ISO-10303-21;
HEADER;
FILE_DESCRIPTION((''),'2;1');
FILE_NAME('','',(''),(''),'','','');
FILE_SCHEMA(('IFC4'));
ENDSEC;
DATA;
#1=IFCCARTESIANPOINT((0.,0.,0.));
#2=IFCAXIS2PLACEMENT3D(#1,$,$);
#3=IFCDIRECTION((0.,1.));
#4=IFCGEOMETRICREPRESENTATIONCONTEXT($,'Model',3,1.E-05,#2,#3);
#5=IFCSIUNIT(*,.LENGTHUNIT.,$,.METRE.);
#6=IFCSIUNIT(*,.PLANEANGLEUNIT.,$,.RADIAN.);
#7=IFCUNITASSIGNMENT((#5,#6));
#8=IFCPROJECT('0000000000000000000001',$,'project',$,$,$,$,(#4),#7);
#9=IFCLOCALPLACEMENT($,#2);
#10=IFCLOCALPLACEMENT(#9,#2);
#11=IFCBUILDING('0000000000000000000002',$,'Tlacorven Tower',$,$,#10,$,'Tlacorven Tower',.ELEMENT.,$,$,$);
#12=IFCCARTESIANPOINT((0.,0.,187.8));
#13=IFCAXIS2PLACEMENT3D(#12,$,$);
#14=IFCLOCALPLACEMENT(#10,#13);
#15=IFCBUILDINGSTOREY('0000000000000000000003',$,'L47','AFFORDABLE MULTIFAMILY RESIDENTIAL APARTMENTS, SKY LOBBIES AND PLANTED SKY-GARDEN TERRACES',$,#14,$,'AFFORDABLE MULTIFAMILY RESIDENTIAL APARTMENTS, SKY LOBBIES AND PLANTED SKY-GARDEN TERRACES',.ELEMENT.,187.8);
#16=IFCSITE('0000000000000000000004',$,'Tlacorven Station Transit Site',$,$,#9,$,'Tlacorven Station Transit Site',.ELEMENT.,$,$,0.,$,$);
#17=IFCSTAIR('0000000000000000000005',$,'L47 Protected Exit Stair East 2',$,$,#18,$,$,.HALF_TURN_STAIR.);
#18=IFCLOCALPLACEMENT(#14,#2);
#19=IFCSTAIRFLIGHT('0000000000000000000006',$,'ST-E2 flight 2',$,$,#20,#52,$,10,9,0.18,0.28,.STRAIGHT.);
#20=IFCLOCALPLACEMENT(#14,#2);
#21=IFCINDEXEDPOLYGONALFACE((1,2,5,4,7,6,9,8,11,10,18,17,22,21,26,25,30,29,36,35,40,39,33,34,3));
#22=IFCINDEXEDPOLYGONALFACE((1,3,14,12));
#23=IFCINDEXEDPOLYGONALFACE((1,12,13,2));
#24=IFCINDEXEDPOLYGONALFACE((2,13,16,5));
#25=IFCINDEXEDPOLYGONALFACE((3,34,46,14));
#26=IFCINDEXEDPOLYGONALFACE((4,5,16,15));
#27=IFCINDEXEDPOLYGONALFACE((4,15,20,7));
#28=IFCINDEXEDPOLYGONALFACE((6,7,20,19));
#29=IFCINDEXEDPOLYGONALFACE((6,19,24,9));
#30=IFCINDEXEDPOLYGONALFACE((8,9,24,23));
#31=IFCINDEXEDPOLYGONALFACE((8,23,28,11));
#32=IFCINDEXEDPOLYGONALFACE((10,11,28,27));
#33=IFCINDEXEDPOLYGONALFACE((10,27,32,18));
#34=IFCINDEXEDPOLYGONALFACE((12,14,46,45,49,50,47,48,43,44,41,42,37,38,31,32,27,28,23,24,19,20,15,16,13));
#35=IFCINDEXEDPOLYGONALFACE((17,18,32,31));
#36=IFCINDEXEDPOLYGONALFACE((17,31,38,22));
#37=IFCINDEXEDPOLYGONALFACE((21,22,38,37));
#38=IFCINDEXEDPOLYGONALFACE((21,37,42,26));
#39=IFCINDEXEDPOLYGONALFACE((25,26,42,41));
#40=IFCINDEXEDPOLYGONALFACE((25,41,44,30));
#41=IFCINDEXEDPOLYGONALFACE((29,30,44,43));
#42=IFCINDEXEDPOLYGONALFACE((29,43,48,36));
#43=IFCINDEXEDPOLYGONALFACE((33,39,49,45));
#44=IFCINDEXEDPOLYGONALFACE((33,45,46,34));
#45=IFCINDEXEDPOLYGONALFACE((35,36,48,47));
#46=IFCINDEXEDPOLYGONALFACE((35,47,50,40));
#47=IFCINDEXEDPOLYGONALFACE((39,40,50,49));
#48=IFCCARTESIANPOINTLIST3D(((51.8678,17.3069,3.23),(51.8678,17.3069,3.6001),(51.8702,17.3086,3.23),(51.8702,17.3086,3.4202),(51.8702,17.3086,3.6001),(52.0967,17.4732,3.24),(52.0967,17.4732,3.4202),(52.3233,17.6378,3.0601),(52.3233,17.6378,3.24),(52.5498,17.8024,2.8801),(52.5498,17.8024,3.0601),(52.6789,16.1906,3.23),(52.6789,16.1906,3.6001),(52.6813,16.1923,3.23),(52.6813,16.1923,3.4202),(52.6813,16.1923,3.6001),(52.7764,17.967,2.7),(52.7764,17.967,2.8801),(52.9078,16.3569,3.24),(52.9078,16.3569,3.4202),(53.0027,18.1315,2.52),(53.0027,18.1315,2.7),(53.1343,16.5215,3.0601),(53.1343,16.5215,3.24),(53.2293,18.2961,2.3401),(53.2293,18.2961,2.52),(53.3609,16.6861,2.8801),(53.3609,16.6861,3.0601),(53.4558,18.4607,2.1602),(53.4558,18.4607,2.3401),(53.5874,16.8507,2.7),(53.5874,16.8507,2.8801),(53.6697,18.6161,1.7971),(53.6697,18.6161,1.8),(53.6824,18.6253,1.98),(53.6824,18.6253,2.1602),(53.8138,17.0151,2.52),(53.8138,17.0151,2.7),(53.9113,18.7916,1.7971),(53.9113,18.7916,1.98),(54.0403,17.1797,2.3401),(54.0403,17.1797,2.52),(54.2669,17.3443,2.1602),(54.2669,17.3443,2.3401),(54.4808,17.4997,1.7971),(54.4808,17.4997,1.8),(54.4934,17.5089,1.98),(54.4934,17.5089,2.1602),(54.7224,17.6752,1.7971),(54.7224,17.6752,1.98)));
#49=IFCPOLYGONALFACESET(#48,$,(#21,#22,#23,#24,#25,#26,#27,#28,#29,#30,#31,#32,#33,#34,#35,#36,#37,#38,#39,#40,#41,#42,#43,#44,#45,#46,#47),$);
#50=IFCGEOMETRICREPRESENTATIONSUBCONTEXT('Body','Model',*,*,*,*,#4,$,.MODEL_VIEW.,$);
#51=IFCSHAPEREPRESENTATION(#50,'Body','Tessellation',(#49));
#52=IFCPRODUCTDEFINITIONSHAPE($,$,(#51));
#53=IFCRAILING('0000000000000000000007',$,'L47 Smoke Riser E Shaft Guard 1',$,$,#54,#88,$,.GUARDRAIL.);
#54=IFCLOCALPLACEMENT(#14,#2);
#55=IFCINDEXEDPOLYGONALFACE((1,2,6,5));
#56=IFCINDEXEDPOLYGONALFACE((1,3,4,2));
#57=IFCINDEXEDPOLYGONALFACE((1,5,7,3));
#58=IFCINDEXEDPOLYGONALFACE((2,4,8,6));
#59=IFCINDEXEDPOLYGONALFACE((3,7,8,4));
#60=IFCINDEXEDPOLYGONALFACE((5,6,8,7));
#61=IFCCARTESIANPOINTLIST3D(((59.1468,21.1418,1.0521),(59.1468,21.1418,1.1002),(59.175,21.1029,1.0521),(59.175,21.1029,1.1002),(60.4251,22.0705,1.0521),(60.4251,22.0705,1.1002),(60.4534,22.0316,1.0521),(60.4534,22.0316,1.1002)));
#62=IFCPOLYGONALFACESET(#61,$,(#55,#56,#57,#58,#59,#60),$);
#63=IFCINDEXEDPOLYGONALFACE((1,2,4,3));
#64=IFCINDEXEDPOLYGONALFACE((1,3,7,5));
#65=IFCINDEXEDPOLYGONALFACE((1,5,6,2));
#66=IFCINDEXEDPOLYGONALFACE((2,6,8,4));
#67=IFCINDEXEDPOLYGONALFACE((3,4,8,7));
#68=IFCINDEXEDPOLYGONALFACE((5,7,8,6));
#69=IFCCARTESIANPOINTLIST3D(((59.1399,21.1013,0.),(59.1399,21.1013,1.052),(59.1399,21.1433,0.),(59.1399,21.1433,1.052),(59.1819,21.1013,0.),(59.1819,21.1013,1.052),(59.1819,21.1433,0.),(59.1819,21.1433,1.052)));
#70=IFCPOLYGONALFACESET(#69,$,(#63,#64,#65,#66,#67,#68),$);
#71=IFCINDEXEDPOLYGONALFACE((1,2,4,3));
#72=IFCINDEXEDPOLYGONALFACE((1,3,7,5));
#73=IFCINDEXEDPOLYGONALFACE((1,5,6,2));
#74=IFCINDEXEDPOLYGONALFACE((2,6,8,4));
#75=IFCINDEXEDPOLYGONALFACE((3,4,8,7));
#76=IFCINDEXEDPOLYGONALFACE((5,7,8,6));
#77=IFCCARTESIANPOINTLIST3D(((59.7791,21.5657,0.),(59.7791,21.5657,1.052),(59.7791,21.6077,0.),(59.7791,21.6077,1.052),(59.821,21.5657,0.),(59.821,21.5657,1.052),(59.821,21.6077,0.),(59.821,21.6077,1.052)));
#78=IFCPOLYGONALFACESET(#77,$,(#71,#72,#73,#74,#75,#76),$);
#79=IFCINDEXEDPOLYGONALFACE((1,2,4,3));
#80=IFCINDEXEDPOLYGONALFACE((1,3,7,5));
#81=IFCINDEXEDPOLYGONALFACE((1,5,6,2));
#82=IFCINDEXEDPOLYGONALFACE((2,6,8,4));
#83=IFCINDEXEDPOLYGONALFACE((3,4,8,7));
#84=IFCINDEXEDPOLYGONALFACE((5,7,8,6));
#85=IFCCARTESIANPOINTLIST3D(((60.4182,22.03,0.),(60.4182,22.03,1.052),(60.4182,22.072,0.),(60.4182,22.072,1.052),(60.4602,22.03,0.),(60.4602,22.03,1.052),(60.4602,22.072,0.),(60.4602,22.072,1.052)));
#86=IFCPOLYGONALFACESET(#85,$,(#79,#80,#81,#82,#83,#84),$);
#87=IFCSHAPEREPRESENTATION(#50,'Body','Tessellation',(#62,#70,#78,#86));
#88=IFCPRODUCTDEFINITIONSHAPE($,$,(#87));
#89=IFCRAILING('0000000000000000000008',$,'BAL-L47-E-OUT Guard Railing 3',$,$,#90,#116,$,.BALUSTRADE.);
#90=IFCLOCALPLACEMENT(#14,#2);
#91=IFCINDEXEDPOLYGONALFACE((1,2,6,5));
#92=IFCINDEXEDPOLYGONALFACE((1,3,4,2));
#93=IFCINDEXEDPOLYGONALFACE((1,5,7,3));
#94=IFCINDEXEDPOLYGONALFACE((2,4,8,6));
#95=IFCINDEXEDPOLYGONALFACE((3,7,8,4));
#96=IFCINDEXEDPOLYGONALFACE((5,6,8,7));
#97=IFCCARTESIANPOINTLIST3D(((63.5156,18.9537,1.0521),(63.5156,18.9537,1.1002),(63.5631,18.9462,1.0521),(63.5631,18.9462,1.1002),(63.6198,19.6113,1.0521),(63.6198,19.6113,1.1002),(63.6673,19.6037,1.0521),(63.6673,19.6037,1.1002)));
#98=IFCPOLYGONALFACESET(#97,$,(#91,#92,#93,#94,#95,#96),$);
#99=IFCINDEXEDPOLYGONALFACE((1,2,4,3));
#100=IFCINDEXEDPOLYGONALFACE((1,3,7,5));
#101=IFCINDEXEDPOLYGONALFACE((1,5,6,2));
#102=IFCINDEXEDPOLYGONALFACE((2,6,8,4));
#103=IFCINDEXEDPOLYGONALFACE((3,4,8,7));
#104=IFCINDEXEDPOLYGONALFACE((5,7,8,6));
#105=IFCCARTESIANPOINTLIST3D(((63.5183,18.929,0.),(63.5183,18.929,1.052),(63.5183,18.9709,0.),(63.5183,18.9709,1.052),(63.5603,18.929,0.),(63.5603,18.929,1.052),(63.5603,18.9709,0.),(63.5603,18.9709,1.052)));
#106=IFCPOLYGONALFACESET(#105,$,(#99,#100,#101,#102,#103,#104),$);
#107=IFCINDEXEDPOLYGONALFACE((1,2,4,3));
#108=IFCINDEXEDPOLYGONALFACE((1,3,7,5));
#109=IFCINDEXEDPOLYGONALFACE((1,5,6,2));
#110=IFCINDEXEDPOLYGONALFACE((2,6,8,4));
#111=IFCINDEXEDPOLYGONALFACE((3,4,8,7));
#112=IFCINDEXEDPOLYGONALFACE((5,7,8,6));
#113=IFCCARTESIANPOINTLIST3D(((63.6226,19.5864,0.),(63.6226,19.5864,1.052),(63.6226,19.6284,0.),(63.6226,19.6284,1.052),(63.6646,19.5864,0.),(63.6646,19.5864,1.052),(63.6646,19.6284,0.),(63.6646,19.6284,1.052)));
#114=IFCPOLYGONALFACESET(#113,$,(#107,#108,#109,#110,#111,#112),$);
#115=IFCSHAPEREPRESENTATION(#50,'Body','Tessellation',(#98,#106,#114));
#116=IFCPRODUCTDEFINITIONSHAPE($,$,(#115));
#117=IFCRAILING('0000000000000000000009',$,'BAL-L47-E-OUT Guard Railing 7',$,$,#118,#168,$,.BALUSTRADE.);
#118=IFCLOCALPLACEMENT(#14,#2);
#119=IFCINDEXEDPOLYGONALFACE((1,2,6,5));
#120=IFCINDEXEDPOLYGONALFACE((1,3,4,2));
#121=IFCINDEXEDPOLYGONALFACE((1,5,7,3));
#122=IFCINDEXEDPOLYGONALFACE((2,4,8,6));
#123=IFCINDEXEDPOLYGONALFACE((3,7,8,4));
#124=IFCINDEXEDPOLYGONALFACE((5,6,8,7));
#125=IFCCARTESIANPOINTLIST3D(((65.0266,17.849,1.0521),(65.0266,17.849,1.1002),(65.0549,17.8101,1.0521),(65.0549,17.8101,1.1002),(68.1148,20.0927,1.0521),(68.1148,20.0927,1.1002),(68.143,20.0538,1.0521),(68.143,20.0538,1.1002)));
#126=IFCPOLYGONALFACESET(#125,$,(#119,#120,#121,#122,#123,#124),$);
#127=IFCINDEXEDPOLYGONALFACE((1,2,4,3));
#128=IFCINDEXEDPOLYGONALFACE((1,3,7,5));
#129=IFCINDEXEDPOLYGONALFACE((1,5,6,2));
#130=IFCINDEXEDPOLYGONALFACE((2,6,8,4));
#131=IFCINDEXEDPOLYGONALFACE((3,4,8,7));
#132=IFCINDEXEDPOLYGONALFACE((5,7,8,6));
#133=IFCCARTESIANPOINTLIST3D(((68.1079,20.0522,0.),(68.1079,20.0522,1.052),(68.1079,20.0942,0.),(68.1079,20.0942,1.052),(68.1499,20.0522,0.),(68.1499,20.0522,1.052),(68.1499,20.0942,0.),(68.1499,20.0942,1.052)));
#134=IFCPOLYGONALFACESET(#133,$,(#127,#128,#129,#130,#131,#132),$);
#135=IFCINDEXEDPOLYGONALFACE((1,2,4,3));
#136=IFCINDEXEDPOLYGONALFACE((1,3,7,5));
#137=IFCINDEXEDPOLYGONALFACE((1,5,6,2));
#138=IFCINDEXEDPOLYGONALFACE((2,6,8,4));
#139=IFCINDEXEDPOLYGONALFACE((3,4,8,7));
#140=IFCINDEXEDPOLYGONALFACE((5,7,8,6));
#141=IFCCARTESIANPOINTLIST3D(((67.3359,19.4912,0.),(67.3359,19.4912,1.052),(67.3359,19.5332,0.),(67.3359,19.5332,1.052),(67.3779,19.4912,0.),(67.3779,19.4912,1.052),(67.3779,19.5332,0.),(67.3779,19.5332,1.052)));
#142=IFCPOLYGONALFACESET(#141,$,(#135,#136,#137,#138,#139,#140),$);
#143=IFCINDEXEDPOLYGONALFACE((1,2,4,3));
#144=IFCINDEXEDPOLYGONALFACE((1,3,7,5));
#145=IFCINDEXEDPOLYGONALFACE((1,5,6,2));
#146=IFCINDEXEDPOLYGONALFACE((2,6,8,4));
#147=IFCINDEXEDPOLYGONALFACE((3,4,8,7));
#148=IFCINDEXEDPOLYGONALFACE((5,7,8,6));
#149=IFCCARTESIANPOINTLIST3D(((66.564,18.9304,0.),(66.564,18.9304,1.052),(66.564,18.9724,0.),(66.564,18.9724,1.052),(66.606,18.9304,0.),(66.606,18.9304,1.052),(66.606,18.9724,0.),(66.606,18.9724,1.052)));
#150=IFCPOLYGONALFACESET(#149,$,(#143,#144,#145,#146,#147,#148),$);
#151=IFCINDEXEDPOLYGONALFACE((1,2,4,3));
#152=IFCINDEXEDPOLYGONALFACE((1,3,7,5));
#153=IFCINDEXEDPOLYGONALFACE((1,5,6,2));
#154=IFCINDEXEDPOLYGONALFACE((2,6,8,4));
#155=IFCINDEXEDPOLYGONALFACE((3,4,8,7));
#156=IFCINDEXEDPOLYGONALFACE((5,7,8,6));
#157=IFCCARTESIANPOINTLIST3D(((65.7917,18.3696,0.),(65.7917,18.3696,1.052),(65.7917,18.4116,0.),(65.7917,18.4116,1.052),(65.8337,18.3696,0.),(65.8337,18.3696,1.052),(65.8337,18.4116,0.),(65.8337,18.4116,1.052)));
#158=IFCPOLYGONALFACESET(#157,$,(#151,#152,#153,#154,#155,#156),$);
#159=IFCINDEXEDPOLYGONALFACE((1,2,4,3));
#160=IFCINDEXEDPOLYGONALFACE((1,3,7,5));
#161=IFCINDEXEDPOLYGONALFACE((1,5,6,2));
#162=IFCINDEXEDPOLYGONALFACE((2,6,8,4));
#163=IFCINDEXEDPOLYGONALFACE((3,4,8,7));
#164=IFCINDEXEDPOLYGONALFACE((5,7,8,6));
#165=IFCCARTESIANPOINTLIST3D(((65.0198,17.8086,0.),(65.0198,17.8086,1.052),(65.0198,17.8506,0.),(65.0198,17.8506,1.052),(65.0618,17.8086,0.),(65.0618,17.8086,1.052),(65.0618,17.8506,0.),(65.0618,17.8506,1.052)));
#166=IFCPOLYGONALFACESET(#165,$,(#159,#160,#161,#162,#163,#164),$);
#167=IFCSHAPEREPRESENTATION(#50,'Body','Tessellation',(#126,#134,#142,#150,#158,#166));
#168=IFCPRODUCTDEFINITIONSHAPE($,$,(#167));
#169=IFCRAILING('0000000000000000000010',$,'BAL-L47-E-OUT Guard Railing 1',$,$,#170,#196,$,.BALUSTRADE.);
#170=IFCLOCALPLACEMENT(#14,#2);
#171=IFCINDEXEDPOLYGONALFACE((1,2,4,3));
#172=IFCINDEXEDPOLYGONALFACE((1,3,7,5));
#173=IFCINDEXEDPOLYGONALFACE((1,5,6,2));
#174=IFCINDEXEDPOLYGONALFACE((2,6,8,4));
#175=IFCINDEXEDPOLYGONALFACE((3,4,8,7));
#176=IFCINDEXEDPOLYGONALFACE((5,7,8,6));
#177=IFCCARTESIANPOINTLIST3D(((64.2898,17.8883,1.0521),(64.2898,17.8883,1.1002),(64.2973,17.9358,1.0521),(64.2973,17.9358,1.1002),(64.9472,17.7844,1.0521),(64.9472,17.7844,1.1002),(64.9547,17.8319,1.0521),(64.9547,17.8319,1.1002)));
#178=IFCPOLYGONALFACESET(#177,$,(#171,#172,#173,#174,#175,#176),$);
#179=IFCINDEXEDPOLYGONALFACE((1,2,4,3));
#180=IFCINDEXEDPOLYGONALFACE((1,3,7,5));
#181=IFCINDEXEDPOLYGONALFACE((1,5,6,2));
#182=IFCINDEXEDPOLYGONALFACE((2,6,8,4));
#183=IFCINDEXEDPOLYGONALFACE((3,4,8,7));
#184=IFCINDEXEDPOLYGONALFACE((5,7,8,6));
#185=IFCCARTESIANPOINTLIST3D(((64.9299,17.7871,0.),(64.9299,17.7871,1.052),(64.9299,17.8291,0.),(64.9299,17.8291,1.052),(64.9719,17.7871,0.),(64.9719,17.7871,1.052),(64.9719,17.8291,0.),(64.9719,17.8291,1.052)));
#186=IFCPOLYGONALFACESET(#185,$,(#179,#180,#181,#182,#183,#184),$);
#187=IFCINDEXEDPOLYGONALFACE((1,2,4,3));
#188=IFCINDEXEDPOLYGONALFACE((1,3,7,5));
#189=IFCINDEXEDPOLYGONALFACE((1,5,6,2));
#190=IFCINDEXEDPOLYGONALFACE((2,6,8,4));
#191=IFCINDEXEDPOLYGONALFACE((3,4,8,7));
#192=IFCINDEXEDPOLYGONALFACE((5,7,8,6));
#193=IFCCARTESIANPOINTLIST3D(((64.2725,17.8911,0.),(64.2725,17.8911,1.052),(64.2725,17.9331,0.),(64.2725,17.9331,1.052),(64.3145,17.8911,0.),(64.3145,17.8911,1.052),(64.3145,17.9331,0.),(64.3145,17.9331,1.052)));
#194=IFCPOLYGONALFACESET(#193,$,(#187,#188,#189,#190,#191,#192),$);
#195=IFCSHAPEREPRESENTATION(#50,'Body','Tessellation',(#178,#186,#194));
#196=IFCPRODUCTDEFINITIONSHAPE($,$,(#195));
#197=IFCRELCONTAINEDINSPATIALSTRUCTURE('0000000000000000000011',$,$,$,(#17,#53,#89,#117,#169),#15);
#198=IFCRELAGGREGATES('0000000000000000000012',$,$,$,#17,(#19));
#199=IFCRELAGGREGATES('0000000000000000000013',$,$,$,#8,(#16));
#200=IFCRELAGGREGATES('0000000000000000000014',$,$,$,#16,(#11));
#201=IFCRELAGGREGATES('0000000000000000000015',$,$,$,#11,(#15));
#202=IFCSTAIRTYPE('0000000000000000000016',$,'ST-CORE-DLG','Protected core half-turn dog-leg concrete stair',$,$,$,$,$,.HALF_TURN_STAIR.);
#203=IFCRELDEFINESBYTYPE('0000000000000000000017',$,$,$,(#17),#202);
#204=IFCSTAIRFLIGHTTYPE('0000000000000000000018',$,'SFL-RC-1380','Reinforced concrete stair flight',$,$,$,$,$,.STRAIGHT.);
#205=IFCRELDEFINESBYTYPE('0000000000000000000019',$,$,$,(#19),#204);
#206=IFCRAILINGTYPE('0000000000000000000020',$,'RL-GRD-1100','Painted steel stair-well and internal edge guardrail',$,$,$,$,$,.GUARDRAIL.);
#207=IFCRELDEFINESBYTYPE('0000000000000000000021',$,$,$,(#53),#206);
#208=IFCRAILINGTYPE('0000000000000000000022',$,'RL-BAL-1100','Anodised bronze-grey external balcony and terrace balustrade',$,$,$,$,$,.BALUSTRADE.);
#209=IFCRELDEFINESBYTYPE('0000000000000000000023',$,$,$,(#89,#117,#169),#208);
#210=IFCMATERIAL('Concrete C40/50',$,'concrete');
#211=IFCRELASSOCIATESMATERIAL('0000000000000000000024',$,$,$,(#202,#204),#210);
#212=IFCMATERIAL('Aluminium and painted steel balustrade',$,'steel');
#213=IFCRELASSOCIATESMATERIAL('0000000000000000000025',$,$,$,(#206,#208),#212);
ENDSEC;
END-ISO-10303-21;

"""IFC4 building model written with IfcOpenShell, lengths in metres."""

from ifc_helpers import new_model, si_unit, direction, frame, origin, origin_2d, place, context, subcontext, project, spatial, polyline, rectangle, outline, extrude, source, transform, mapped, material, type_object, element, aggregate, save


model = new_model("IFC4")

# Units and contexts
model_context = context("Model", 3, precision=1e-05, world=origin(), true_north=direction((0.0, 1.0)))
body_context = subcontext(model_context, "Body", "Model", "MODEL_VIEW")
ifc_project = project(units=[si_unit("LENGTHUNIT", "METRE"), si_unit("PLANEANGLEUNIT", "RADIAN")], contexts=[model_context])

# Site, building, storey
site_placement = place(None, origin())
site = spatial("IfcSite", under=ifc_project, at=site_placement, Name="Tlacorven Station Transit Site", LongName="Tlacorven Station Transit Site", CompositionType="ELEMENT", RefElevation=0.0)
building_placement = place(site_placement, origin())
building = spatial("IfcBuilding", under=site, at=building_placement, Name="Tlacorven Tower", LongName="Tlacorven Tower", CompositionType="ELEMENT")
storey_placement = place(building_placement, frame((0.0, 0.0, 187.8)))
storey = spatial("IfcBuildingStorey", under=building, at=storey_placement, Name="L47", Description="AFFORDABLE MULTIFAMILY RESIDENTIAL APARTMENTS, SKY LOBBIES AND PLANTED SKY-GARDEN TERRACES", LongName="AFFORDABLE MULTIFAMILY RESIDENTIAL APARTMENTS, SKY LOBBIES AND PLANTED SKY-GARDEN TERRACES", CompositionType="ELEMENT", Elevation=187.8)

# Shared definitions
ifc_material_1 = material(Name="Concrete C40/50", Category="concrete")

# Stair, stair flight
stair_type = type_object("IfcStairType", Name="ST-CORE-DLG", Description="Protected core half-turn dog-leg concrete stair", PredefinedType="HALF_TURN_STAIR", material=ifc_material_1)
stair_placement = place(storey_placement, origin())
stair = element("IfcStair", 1, at=stair_placement, inside=storey, type_object=stair_type, Name="L47 Protected Exit Stair East 2", PredefinedType="HALF_TURN_STAIR")
stair_flight_type = type_object("IfcStairFlightType", Name="SFL-RC-1380", Description="Reinforced concrete stair flight", PredefinedType="STRAIGHT", material=ifc_material_1)
shared_shape_1 = source(origin(), body_context, "Body", "SweptSolid", [
    extrude(outline(polyline([(-0.0029, -0.0029), (-0.0029, 0.1799), (0.28, 0.1799), (0.28, 0.3601), (0.5601, 0.3601), (0.5601, 0.54), (0.8401, 0.54), (0.8401, 0.72), (1.1201, 0.72), (1.1201, 0.8999), (1.3999, 0.8999), (1.3999, 1.0801), (1.6799, 1.0801), (1.6799, 1.26), (1.96, 1.26), (1.96, 1.4399), (2.24, 1.4399), (2.24, 1.6201), (2.52, 1.6201), (2.52, 1.8), (2.5229, 1.8), (2.5229, 1.4299), (2.52, 1.4299), (0.2957, 0.0), (0.2957, -0.0029), (-0.0029, -0.0029)])), frame((0.0, 0.6899, 0.0), z_axis=(0.0, -1.0, 0.0), x_axis=(1.0, 0.0, 0.0)), (0.0, 0.0, 1.0), 1.3799),
])
stair_flight_placement = place(storey_placement, frame((54.3145, 18.2317, 1.8), z_axis=(0.0, 0.0, 1.0), x_axis=(-0.809017, -0.587785, 0.0)))
stair_flight = element("IfcStairFlight", 2, at=stair_flight_placement, type_object=stair_flight_type, Name="ST-E2 flight 2", NumberOfRisers=10, NumberOfTreads=9, PredefinedType="STRAIGHT", RiserHeight=0.18, TreadLength=0.28, context=body_context, shape_type="MappedRepresentation", body=[
    mapped(shared_shape_1, transform((0.0, 0.0, 0.0), scale=1.0)),
])
aggregate(stair, [stair_flight])

# Railings
ifc_material_2 = material(Name="Aluminium and painted steel balustrade", Category="steel")
railing_type_1 = type_object("IfcRailingType", Name="RL-GRD-1100", Description="Painted steel stair-well and internal edge guardrail", PredefinedType="GUARDRAIL", material=ifc_material_2)
shared_shape_2 = source(origin(), body_context, "Body", "SweptSolid", [
    extrude(rectangle(XDim=0.0481, YDim=0.0481, at=origin_2d()), frame((0.0, 0.0, 1.0762), z_axis=(0.80903, 0.587767, 0.0), x_axis=(-0.587767, 0.80903, 0.0)), (0.0, 0.0, 1.0), 1.5801),
    extrude(rectangle(XDim=0.042, YDim=0.042, at=origin_2d()), origin(), (0.0, 0.0, 1.0), 1.052),
    extrude(rectangle(XDim=0.042, YDim=0.042, at=origin_2d()), frame((0.6392, 0.4644, 0.0)), (0.0, 0.0, 1.0), 1.052),
    extrude(rectangle(XDim=0.042, YDim=0.042, at=origin_2d()), frame((1.2783, 0.9287, 0.0)), (0.0, 0.0, 1.0), 1.052),
])
railing_1_placement = place(storey_placement, frame((59.1609, 21.1223, 0.0)))
element("IfcRailing", 3, at=railing_1_placement, inside=storey, type_object=railing_type_1, Name="L47 Smoke Riser E Shaft Guard 1", PredefinedType="GUARDRAIL", context=body_context, shape_type="MappedRepresentation", body=[
    mapped(shared_shape_2, transform((0.0, 0.0, 0.0), scale=1.0)),
])
railing_type_2 = type_object("IfcRailingType", Name="RL-BAL-1100", Description="Anodised bronze-grey external balcony and terrace balustrade", PredefinedType="BALUSTRADE", material=ifc_material_2)
shared_shape_3 = source(origin(), body_context, "Body", "SweptSolid", [
    extrude(rectangle(XDim=0.0481, YDim=0.0481, at=origin_2d()), frame((0.0, 0.0, 1.0762), z_axis=(0.156603, 0.987662, 0.0), x_axis=(-0.987662, 0.156603, 0.0)), (0.0, 0.0, 1.0), 0.6658),
    extrude(rectangle(XDim=0.042, YDim=0.042, at=origin_2d()), origin(), (0.0, 0.0, 1.0), 1.052),
    extrude(rectangle(XDim=0.042, YDim=0.042, at=origin_2d()), frame((0.1042, 0.6575, 0.0)), (0.0, 0.0, 1.0), 1.052),
])
railing_2_placement = place(storey_placement, frame((63.5393, 18.95, 0.0)))
element("IfcRailing", 4, at=railing_2_placement, inside=storey, type_object=railing_type_2, Name="BAL-L47-E-OUT Guard Railing 3", PredefinedType="BALUSTRADE", context=body_context, shape_type="MappedRepresentation", body=[
    mapped(shared_shape_3, transform((0.0, 0.0, 0.0), scale=1.0)),
])
shared_shape_4 = source(origin(), body_context, "Body", "SweptSolid", [
    extrude(rectangle(XDim=0.0481, YDim=0.0481, at=origin_2d()), frame((0.0, 0.0, 1.0762), z_axis=(-0.809018, -0.587784, 0.0), x_axis=(0.587784, -0.809018, 0.0)), (0.0, 0.0, 1.0), 3.8171),
    extrude(rectangle(XDim=0.042, YDim=0.042, at=origin_2d()), origin(), (0.0, 0.0, 1.0), 1.052),
    extrude(rectangle(XDim=0.042, YDim=0.042, at=origin_2d()), frame((-0.772, -0.561, 0.0)), (0.0, 0.0, 1.0), 1.052),
    extrude(rectangle(XDim=0.042, YDim=0.042, at=origin_2d()), frame((-1.5439, -1.1218, 0.0)), (0.0, 0.0, 1.0), 1.052),
    extrude(rectangle(XDim=0.042, YDim=0.042, at=origin_2d()), frame((-2.3162, -1.6826, 0.0)), (0.0, 0.0, 1.0), 1.052),
    extrude(rectangle(XDim=0.042, YDim=0.042, at=origin_2d()), frame((-3.0881, -2.2437, 0.0)), (0.0, 0.0, 1.0), 1.052),
])
railing_3_placement = place(storey_placement, frame((68.1289, 20.0732, 0.0)))
element("IfcRailing", 5, at=railing_3_placement, inside=storey, type_object=railing_type_2, Name="BAL-L47-E-OUT Guard Railing 7", PredefinedType="BALUSTRADE", context=body_context, shape_type="MappedRepresentation", body=[
    mapped(shared_shape_4, transform((0.0, 0.0, 0.0), scale=1.0)),
])
shared_shape_5 = source(origin(), body_context, "Body", "SweptSolid", [
    extrude(rectangle(XDim=0.0481, YDim=0.0481, at=origin_2d()), frame((0.0, 0.0, 1.0762), z_axis=(-0.987718, 0.156245, 0.0), x_axis=(-0.156245, -0.987718, 0.0)), (0.0, 0.0, 1.0), 0.6655),
    extrude(rectangle(XDim=0.042, YDim=0.042, at=origin_2d()), origin(), (0.0, 0.0, 1.0), 1.052),
    extrude(rectangle(XDim=0.042, YDim=0.042, at=origin_2d()), frame((-0.6575, 0.104, 0.0)), (0.0, 0.0, 1.0), 1.052),
])
railing_4_placement = place(storey_placement, frame((64.9509, 17.8081, 0.0)))
element("IfcRailing", 6, at=railing_4_placement, inside=storey, type_object=railing_type_2, Name="BAL-L47-E-OUT Guard Railing 1", PredefinedType="BALUSTRADE", context=body_context, shape_type="MappedRepresentation", body=[
    mapped(shared_shape_5, transform((0.0, 0.0, 0.0), scale=1.0)),
])

save(model, "model.ifc")
